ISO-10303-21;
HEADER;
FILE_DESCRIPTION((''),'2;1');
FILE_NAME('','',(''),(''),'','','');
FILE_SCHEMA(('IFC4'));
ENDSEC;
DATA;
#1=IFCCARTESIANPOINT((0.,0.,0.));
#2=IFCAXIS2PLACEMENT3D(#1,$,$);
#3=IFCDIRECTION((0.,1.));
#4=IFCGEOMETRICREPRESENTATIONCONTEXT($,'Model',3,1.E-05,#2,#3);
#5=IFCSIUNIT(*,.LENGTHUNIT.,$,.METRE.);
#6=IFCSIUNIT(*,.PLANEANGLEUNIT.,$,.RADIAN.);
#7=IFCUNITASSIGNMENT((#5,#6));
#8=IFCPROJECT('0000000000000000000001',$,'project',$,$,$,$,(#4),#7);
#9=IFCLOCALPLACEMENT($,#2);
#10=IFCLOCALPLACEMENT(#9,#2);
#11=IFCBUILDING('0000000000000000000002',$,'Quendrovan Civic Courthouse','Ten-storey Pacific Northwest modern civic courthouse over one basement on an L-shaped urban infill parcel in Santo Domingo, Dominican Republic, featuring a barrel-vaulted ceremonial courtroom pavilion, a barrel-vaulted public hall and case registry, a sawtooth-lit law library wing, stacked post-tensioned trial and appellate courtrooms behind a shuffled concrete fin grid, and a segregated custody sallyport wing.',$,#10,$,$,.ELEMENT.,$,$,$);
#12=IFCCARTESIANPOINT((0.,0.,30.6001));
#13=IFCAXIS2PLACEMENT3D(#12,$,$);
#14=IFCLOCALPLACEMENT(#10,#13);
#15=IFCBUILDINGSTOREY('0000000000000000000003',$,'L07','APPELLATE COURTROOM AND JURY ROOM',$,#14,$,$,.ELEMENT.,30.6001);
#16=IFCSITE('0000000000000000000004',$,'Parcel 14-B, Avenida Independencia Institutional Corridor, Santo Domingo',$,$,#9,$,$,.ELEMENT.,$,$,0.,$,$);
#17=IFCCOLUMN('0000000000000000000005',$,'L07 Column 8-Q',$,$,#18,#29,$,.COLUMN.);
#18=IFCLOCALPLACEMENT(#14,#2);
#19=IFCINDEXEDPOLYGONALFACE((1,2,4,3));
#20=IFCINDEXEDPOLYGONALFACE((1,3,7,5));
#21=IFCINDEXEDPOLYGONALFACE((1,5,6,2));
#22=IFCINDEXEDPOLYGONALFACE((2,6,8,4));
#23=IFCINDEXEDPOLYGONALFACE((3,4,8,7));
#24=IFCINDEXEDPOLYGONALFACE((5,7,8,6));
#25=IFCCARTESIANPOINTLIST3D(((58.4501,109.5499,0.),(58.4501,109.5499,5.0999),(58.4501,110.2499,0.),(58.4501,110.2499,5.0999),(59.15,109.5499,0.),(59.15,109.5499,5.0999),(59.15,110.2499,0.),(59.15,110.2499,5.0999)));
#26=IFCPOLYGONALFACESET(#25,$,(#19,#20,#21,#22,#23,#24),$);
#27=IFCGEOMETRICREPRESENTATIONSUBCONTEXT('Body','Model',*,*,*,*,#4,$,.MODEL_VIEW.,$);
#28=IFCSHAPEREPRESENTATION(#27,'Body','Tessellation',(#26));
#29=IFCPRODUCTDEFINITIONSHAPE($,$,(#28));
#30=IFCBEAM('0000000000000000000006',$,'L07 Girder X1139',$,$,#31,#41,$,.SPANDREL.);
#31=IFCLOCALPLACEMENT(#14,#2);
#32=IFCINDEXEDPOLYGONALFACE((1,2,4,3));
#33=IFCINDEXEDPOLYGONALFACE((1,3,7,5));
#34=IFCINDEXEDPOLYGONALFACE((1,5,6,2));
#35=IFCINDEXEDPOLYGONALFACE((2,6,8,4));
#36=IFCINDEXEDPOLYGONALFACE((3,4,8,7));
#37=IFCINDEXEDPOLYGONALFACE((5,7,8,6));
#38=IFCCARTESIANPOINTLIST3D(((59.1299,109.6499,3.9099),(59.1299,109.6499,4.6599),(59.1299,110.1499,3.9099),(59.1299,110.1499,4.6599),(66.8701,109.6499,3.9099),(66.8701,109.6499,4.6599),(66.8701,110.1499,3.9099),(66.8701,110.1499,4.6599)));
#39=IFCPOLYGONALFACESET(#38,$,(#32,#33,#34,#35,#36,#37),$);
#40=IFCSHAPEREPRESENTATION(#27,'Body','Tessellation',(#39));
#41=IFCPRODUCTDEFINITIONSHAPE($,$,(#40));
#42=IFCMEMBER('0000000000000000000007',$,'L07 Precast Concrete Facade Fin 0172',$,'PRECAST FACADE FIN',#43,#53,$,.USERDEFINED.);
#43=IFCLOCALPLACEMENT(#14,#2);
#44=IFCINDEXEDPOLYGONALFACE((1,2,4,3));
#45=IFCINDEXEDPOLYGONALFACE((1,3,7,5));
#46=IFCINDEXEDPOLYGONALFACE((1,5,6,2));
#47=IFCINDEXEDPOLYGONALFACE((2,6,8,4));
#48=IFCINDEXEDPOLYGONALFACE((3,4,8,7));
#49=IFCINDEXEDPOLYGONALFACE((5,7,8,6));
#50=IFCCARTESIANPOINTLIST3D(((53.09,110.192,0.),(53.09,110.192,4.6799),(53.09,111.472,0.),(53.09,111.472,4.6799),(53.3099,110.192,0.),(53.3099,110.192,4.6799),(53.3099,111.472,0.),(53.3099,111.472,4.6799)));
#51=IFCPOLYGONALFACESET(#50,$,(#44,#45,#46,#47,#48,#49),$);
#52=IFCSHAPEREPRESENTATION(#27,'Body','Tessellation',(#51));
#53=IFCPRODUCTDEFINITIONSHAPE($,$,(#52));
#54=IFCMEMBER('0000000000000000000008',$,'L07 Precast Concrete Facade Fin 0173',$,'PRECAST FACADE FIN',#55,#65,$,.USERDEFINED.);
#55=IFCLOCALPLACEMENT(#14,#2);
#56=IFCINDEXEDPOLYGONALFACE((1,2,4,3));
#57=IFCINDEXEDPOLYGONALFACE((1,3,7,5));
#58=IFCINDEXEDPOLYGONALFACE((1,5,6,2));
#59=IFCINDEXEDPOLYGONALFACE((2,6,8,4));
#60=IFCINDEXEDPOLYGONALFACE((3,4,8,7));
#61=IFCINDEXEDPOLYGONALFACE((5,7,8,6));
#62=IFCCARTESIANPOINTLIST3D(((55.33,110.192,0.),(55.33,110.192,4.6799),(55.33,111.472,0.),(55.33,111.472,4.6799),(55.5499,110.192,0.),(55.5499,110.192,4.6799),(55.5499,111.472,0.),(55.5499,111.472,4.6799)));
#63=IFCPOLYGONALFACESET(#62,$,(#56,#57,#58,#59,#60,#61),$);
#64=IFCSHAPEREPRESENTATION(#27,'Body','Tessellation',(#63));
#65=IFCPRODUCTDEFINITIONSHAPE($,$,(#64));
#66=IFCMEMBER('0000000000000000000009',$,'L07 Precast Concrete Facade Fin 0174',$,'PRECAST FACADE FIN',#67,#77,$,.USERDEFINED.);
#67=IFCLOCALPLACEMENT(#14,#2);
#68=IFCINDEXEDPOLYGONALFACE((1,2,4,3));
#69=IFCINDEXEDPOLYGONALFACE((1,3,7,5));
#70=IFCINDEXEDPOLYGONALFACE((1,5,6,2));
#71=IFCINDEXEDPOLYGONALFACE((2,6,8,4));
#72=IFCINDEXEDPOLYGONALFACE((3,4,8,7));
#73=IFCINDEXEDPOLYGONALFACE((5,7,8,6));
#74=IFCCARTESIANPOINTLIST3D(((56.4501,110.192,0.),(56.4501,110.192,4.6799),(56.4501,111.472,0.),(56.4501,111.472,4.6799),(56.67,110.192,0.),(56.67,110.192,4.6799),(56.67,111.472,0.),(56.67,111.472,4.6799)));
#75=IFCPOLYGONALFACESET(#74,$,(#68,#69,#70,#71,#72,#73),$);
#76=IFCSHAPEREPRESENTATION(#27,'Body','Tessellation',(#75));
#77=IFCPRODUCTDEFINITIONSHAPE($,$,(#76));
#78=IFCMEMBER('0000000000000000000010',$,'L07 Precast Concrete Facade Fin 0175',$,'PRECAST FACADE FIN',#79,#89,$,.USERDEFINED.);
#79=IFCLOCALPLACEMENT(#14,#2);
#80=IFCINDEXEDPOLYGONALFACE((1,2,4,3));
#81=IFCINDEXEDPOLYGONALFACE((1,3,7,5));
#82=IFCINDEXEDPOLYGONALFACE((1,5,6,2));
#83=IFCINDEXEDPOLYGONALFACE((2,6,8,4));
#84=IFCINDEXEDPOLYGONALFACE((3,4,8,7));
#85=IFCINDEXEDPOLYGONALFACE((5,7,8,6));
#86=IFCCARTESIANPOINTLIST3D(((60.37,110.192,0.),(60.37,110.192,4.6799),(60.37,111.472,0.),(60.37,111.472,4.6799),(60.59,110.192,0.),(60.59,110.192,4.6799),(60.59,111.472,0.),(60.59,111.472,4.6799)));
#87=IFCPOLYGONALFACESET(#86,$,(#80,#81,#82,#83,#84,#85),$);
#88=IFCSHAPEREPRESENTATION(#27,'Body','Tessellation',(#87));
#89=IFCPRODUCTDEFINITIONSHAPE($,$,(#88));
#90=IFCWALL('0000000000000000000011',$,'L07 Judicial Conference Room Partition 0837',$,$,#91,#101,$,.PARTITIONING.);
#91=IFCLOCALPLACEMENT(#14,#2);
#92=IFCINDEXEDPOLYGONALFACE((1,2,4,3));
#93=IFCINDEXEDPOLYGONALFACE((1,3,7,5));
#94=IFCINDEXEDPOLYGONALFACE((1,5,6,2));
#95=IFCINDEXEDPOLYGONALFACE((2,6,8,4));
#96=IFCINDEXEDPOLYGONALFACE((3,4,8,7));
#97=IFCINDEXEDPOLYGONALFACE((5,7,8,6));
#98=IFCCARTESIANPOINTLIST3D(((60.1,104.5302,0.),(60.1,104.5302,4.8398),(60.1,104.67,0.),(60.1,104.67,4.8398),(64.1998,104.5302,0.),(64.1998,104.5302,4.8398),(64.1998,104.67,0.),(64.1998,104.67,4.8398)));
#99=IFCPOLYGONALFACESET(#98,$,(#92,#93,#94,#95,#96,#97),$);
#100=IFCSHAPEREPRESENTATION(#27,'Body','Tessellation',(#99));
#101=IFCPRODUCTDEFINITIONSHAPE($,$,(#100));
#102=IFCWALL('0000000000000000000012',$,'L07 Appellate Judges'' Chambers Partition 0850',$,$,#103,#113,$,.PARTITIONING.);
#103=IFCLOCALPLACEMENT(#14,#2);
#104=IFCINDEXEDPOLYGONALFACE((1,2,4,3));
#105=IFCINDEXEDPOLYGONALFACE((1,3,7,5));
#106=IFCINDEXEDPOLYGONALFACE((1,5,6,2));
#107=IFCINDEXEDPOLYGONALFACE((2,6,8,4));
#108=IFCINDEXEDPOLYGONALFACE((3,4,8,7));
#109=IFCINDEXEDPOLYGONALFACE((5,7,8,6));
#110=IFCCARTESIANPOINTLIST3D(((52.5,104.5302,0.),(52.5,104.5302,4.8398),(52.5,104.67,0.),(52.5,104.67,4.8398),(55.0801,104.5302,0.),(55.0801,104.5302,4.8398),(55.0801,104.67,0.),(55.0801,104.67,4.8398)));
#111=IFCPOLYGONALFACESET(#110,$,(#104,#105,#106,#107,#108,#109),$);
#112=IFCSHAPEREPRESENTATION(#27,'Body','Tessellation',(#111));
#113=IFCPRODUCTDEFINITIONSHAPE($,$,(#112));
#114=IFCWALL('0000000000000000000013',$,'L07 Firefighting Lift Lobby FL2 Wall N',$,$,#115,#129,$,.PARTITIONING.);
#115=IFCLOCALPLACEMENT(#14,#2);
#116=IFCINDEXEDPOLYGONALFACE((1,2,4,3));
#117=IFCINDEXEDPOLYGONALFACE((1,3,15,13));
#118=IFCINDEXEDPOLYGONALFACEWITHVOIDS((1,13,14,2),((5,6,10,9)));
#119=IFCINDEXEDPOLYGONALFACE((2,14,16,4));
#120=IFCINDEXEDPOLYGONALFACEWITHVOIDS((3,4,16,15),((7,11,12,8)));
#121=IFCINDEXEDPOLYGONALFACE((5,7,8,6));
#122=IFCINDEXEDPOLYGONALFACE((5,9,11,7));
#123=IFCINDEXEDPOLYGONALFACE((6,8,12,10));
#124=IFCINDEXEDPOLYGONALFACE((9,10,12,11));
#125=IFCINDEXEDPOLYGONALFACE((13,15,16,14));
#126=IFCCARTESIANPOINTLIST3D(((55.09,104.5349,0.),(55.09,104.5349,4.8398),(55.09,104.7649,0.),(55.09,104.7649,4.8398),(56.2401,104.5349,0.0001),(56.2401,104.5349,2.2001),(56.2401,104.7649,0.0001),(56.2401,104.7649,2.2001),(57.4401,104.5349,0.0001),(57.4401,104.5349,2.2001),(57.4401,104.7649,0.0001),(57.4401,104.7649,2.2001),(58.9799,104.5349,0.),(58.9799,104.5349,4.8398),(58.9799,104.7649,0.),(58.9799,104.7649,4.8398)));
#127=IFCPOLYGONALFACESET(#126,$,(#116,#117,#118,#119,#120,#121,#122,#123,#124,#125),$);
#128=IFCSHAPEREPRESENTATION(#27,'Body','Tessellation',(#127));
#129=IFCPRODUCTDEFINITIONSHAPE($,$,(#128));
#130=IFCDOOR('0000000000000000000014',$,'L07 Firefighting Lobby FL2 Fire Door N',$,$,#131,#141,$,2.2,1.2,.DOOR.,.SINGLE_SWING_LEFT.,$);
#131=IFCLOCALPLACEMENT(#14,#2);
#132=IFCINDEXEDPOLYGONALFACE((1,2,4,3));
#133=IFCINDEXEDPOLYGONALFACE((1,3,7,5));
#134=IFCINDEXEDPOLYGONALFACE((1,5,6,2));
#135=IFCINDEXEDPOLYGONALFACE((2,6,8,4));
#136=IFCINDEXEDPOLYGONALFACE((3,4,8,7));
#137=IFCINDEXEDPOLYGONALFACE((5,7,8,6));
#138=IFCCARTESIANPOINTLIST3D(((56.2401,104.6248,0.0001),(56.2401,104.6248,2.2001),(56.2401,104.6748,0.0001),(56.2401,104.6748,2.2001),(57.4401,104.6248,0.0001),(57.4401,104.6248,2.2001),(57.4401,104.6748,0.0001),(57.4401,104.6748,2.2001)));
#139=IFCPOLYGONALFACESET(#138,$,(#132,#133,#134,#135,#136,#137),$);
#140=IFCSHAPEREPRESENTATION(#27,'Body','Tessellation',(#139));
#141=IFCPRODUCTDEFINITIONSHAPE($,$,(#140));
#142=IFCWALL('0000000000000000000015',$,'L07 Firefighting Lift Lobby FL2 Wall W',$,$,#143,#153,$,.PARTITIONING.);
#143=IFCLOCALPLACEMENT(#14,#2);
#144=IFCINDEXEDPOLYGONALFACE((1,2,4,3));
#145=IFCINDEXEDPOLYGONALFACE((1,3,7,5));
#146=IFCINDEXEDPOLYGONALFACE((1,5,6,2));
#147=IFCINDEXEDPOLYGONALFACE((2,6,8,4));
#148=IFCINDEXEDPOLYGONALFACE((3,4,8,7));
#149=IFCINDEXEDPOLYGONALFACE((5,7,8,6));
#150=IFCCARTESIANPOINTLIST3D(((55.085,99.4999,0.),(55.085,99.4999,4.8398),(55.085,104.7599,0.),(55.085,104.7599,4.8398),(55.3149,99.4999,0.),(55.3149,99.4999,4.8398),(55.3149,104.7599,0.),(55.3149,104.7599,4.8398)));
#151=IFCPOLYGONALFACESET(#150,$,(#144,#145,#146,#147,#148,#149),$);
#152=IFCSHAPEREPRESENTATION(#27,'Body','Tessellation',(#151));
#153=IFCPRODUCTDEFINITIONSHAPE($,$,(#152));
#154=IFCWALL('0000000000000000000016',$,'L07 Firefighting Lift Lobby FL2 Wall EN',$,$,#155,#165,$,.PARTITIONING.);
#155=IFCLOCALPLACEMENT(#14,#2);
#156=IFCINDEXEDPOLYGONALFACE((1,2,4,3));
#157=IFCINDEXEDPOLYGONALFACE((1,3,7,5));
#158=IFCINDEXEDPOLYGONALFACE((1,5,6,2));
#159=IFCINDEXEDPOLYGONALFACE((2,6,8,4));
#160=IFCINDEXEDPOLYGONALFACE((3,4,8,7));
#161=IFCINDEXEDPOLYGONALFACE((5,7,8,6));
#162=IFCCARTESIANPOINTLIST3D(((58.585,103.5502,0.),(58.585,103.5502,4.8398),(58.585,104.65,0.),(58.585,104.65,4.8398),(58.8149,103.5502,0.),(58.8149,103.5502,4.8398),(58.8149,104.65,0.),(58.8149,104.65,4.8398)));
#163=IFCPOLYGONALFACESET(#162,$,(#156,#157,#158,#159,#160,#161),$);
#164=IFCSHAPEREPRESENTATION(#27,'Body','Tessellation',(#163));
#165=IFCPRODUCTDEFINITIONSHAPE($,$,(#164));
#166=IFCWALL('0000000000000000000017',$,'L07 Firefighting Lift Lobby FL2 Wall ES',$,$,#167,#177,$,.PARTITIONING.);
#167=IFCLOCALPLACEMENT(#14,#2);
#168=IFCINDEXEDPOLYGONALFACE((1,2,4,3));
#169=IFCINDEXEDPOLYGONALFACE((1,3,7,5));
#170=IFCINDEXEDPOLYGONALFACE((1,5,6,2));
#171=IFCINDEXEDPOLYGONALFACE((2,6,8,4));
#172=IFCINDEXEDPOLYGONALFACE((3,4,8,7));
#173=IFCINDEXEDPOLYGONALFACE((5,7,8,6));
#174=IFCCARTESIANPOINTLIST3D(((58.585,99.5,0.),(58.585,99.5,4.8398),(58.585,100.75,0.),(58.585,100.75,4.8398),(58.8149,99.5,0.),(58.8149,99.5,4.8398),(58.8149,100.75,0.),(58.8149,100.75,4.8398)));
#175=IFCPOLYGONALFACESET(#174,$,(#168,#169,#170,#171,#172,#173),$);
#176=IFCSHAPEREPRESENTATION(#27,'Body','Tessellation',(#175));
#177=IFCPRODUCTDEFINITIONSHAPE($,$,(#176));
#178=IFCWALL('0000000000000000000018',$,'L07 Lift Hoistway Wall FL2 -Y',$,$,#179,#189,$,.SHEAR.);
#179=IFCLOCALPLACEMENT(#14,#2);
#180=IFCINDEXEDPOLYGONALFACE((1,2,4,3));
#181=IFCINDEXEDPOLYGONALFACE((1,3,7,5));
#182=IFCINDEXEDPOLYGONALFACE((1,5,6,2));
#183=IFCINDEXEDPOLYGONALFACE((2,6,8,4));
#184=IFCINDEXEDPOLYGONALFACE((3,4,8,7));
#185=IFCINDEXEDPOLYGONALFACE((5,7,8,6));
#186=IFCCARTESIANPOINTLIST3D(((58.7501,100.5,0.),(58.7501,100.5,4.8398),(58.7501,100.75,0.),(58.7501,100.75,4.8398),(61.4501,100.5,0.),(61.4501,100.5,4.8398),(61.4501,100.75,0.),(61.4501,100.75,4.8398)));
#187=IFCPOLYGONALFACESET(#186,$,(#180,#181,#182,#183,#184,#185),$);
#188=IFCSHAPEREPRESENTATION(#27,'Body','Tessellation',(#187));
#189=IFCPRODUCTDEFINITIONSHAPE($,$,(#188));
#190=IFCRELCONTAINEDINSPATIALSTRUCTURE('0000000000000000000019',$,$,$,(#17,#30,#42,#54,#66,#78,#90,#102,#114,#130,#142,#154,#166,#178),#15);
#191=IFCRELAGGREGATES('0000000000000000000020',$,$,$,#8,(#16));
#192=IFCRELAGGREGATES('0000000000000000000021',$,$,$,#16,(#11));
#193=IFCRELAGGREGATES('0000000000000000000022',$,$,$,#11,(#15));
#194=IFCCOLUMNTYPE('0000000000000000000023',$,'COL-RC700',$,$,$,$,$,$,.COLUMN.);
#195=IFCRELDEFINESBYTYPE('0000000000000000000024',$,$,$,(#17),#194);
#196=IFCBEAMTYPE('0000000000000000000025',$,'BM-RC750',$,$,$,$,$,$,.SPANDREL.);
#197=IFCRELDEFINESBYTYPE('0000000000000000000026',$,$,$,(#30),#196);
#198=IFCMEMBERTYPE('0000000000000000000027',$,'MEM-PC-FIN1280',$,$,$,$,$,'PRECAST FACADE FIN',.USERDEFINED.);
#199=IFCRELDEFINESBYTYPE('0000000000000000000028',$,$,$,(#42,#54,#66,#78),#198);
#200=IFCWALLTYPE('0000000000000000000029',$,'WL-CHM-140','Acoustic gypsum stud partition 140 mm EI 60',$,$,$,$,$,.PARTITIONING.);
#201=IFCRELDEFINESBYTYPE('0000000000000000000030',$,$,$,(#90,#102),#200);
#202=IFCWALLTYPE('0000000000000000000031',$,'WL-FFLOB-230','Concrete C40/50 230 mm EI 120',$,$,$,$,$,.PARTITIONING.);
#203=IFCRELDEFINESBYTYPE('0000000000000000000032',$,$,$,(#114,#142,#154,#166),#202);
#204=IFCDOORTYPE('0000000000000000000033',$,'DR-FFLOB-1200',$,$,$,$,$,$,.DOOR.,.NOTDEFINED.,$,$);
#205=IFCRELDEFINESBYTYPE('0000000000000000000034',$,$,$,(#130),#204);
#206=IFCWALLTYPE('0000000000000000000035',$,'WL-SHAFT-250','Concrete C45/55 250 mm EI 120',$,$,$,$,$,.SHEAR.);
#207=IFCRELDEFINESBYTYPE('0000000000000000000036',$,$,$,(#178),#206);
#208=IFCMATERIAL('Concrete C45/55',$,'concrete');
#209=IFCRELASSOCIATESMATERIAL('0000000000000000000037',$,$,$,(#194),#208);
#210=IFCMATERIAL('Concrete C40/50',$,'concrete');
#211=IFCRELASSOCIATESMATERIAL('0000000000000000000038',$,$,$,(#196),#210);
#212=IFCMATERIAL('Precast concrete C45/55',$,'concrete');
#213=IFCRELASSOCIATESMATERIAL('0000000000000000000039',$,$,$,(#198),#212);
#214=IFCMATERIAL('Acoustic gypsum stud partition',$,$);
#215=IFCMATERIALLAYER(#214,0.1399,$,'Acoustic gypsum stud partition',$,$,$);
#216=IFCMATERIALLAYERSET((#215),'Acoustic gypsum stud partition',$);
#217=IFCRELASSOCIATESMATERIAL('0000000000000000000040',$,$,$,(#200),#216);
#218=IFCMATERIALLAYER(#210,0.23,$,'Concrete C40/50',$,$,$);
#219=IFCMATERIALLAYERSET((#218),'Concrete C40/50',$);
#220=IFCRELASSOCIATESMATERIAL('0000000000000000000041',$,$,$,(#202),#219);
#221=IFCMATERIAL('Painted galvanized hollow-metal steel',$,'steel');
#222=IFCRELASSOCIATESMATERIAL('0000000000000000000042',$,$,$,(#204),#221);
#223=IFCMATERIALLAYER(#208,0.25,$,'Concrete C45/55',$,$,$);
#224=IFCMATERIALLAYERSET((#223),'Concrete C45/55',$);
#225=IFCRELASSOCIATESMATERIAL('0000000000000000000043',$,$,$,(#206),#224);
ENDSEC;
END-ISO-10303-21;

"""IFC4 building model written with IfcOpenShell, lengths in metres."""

from ifc_helpers import new_model, si_unit, direction, frame, frame_2d, origin, origin_2d, place, context, subcontext, project, spatial, rectangle, extrude, material, layer, layer_set, material_profile, profile_set, type_object, element, fill, save


model = new_model("IFC4")

# Units and contexts
model_context = context("Model", 3, precision=1e-05, world=origin(), true_north=direction((0.0, 1.0)))
body_context = subcontext(model_context, "Body", "Model", "MODEL_VIEW")
ifc_project = project(units=[si_unit("LENGTHUNIT", "METRE"), si_unit("PLANEANGLEUNIT", "RADIAN")], contexts=[model_context])

# Site, building, storey
site_placement = place(None, origin())
site = spatial("IfcSite", under=ifc_project, at=site_placement, Name="Parcel 14-B, Avenida Independencia Institutional Corridor, Santo Domingo", CompositionType="ELEMENT", RefElevation=0.0)
building_placement = place(site_placement, origin())
building = spatial("IfcBuilding", under=site, at=building_placement, Name="Quendrovan Civic Courthouse", Description="Ten-storey Pacific Northwest modern civic courthouse over one basement on an L-shaped urban infill parcel in Santo Domingo, Dominican Republic, featuring a barrel-vaulted ceremonial courtroom pavilion, a barrel-vaulted public hall and case registry, a sawtooth-lit law library wing, stacked post-tensioned trial and appellate courtrooms behind a shuffled concrete fin grid, and a segregated custody sallyport wing.", CompositionType="ELEMENT")
storey_placement = place(building_placement, frame((0.0, 0.0, 30.6001)))
storey = spatial("IfcBuildingStorey", under=building, at=storey_placement, Name="L07", Description="APPELLATE COURTROOM AND JURY ROOM", CompositionType="ELEMENT", Elevation=30.6001)

# Column
ifc_material_1 = material(Name="Concrete C45/55", Category="concrete")
ifc_material_profile_1 = material_profile(ifc_material_1, rectangle(XDim=0.7, YDim=0.7, at=origin_2d()), Name="RC-COL-700x700")
ifc_profile_set_1 = profile_set([ifc_material_profile_1], Name="Concrete C45/55")
column_type = type_object("IfcColumnType", Name="COL-RC700", PredefinedType="COLUMN", material=ifc_profile_set_1)
column_placement = place(storey_placement, frame((58.8, 109.8999, 0.0), z_axis=(0.0, 0.0, 1.0), x_axis=(1.0, 0.0, 0.0)))
element("IfcColumn", 1, at=column_placement, inside=storey, type_object=column_type, Name="L07 Column 8-Q", PredefinedType="COLUMN", context=body_context, shape_type="SweptSolid", body=[
    extrude(rectangle(XDim=0.7, YDim=0.7, at=origin_2d()), origin(), (0.0, 0.0, 1.0), 5.0999),
])

# Beam
ifc_material_2 = material(Name="Concrete C40/50", Category="concrete")
ifc_material_profile_2 = material_profile(ifc_material_2, rectangle(XDim=0.5, YDim=0.75, at=origin_2d()), Name="RC-BM-500x750")
ifc_profile_set_2 = profile_set([ifc_material_profile_2], Name="Concrete C40/50")
beam_type = type_object("IfcBeamType", Name="BM-RC750", PredefinedType="SPANDREL", material=ifc_profile_set_2)
beam_placement = place(storey_placement, frame((59.1299, 109.8999, 4.2849), z_axis=(1.0, 0.0, 0.0), x_axis=(0.0, 1.0, 0.0)))
element("IfcBeam", 2, at=beam_placement, inside=storey, type_object=beam_type, Name="L07 Girder X1139", PredefinedType="SPANDREL", context=body_context, shape_type="SweptSolid", body=[
    extrude(rectangle(XDim=0.5, YDim=0.75, at=origin_2d()), origin(), (0.0, 0.0, 1.0), 7.7402),
])

# Members
ifc_material_3 = material(Name="Precast concrete C45/55", Category="concrete")
ifc_material_profile_3 = material_profile(ifc_material_3, rectangle(XDim=0.22, YDim=1.28, at=origin_2d()), Name="PC-FIN-220x1280")
ifc_profile_set_3 = profile_set([ifc_material_profile_3], Name="Precast concrete C45/55")
member_type = type_object("IfcMemberType", Name="MEM-PC-FIN1280", ElementType="PRECAST FACADE FIN", PredefinedType="USERDEFINED", material=ifc_profile_set_3)
for number, where, z_axis, x_axis, name in (
    (3, (53.2, 110.832, 0.0), (0.0, 0.0, 1.0), (1.0, 0.0, 0.0), "L07 Precast Concrete Facade Fin 0172"),
    (4, (55.4399, 110.832, 0.0), (0.0, 0.0, 1.0), (1.0, 0.0, 0.0), "L07 Precast Concrete Facade Fin 0173"),
    (5, (56.5601, 110.832, 0.0), (0.0, 0.0, 1.0), (1.0, 0.0, 0.0), "L07 Precast Concrete Facade Fin 0174"),
    (6, (60.48, 110.832, 0.0), (0.0, 0.0, 1.0), (1.0, 0.0, 0.0), "L07 Precast Concrete Facade Fin 0175"),
):
    element("IfcMember", number, at=place(storey_placement, frame(where, z_axis=z_axis, x_axis=x_axis)), inside=storey, type_object=member_type, Name=name, ObjectType="PRECAST FACADE FIN", PredefinedType="USERDEFINED", context=body_context, shape_type="SweptSolid", body=[
        extrude(rectangle(XDim=0.22, YDim=1.28, at=origin_2d()), origin(), (0.0, 0.0, 1.0), 4.6799),
    ])

# Walls
ifc_material_4 = material(Name="Acoustic gypsum stud partition")
ifc_layer_1 = layer(ifc_material_4, 0.1399, Name="Acoustic gypsum stud partition")
ifc_layer_set_1 = layer_set([ifc_layer_1], Name="Acoustic gypsum stud partition")
wall_type_1 = type_object("IfcWallType", Name="WL-CHM-140", Description="Acoustic gypsum stud partition 140 mm EI 60", PredefinedType="PARTITIONING", material=ifc_layer_set_1)
wall_1_placement = place(storey_placement, frame((60.1001, 104.6001, 0.0), z_axis=(0.0, 0.0, 1.0), x_axis=(1.0, 0.0, 0.0)))
element("IfcWall", 7, at=wall_1_placement, inside=storey, type_object=wall_type_1, Name="L07 Judicial Conference Room Partition 0837", PredefinedType="PARTITIONING", context=body_context, shape_type="SweptSolid", body=[
    extrude(rectangle(XDim=4.0999, YDim=0.1399, at=frame_2d((2.0498, 0.0))), origin(), (0.0, 0.0, 1.0), 4.8398),
])
wall_2_placement = place(storey_placement, frame((52.5, 104.6001, 0.0), z_axis=(0.0, 0.0, 1.0), x_axis=(1.0, 0.0, 0.0)))
element("IfcWall", 8, at=wall_2_placement, inside=storey, type_object=wall_type_1, Name="L07 Appellate Judges' Chambers Partition 0850", PredefinedType="PARTITIONING", context=body_context, shape_type="SweptSolid", body=[
    extrude(rectangle(XDim=2.5801, YDim=0.1399, at=frame_2d((1.29, 0.0))), origin(), (0.0, 0.0, 1.0), 4.8398),
])

# Wall, opening, door
ifc_layer_2 = layer(ifc_material_2, 0.23, Name="Concrete C40/50")
ifc_layer_set_2 = layer_set([ifc_layer_2], Name="Concrete C40/50")
wall_type_2 = type_object("IfcWallType", Name="WL-FFLOB-230", Description="Concrete C40/50 230 mm EI 120", PredefinedType="PARTITIONING", material=ifc_layer_set_2)
wall_3_placement = place(storey_placement, frame((55.0901, 104.6499, 0.0), z_axis=(0.0, 0.0, 1.0), x_axis=(1.0, 0.0, 0.0)))
wall_3 = element("IfcWall", 9, at=wall_3_placement, inside=storey, type_object=wall_type_2, Name="L07 Firefighting Lift Lobby FL2 Wall N", PredefinedType="PARTITIONING", context=body_context, shape_type="SweptSolid", body=[
    extrude(rectangle(XDim=3.8899, YDim=0.23, at=frame_2d((1.9448, 0.0))), origin(), (0.0, 0.0, 1.0), 4.8398),
])
opening_1_placement = place(wall_3_placement, frame((1.1499, 0.0, 0.0)))
opening_1 = element("IfcOpeningElement", 10, at=opening_1_placement, cuts=wall_3, PredefinedType="OPENING", context=body_context, shape_type="SweptSolid", body=[
    extrude(rectangle(XDim=1.2, YDim=2.2, at=frame_2d((0.6001, 1.1001))), frame((0.0, 0.125, 0.0), z_axis=(0.0, -1.0, 0.0), x_axis=(1.0, 0.0, 0.0)), (0.0, 0.0, 1.0), 0.25),
])
ifc_material_5 = material(Name="Painted galvanized hollow-metal steel", Category="steel")
door_type_1 = type_object("IfcDoorType", Name="DR-FFLOB-1200", OperationType="NOTDEFINED", PredefinedType="DOOR", material=ifc_material_5)
door_1_placement = place(opening_1_placement, origin())
door_1 = element("IfcDoor", 11, at=door_1_placement, inside=storey, type_object=door_type_1, Name="L07 Firefighting Lobby FL2 Fire Door N", OperationType="SINGLE_SWING_LEFT", OverallHeight=2.2, OverallWidth=1.2, PredefinedType="DOOR", context=body_context, shape_type="SweptSolid", body=[
    extrude(rectangle(XDim=1.2, YDim=2.2, at=frame_2d((0.6001, 1.1001))), frame((0.0, 0.0249, 0.0), z_axis=(0.0, -1.0, 0.0), x_axis=(1.0, 0.0, 0.0)), (0.0, 0.0, 1.0), 0.05),
])
fill(opening_1, door_1)

# Walls
wall_4_placement = place(storey_placement, frame((55.2, 99.5, 0.0), z_axis=(0.0, 0.0, 1.0), x_axis=(0.0, 1.0, 0.0)))
element("IfcWall", 12, at=wall_4_placement, inside=storey, type_object=wall_type_2, Name="L07 Firefighting Lift Lobby FL2 Wall W", PredefinedType="PARTITIONING", context=body_context, shape_type="SweptSolid", body=[
    extrude(rectangle(XDim=5.26, YDim=0.23, at=frame_2d((2.6299, 0.0))), origin(), (0.0, 0.0, 1.0), 4.8398),
])
wall_5_placement = place(storey_placement, frame((58.7, 104.6499, 0.0), z_axis=(0.0, 0.0, 1.0), x_axis=(0.0, -1.0, 0.0)))
element("IfcWall", 13, at=wall_5_placement, inside=storey, type_object=wall_type_2, Name="L07 Firefighting Lift Lobby FL2 Wall EN", PredefinedType="PARTITIONING", context=body_context, shape_type="SweptSolid", body=[
    extrude(rectangle(XDim=1.0999, YDim=0.23, at=frame_2d((0.5498, 0.0))), origin(), (0.0, 0.0, 1.0), 4.8398),
])
wall_6_placement = place(storey_placement, frame((58.7, 100.75, 0.0), z_axis=(0.0, 0.0, 1.0), x_axis=(0.0, -1.0, 0.0)))
element("IfcWall", 14, at=wall_6_placement, inside=storey, type_object=wall_type_2, Name="L07 Firefighting Lift Lobby FL2 Wall ES", PredefinedType="PARTITIONING", context=body_context, shape_type="SweptSolid", body=[
    extrude(rectangle(XDim=1.25, YDim=0.23, at=frame_2d((0.625, 0.0))), origin(), (0.0, 0.0, 1.0), 4.8398),
])
ifc_layer_3 = layer(ifc_material_1, 0.25, Name="Concrete C45/55")
ifc_layer_set_3 = layer_set([ifc_layer_3], Name="Concrete C45/55")
wall_type_3 = type_object("IfcWallType", Name="WL-SHAFT-250", Description="Concrete C45/55 250 mm EI 120", PredefinedType="SHEAR", material=ifc_layer_set_3)
wall_7_placement = place(storey_placement, frame((58.75, 100.625, 0.0), z_axis=(0.0, 0.0, 1.0), x_axis=(1.0, 0.0, 0.0)))
element("IfcWall", 15, at=wall_7_placement, inside=storey, type_object=wall_type_3, Name="L07 Lift Hoistway Wall FL2 -Y", PredefinedType="SHEAR", context=body_context, shape_type="SweptSolid", body=[
    extrude(rectangle(XDim=2.7, YDim=0.25, at=frame_2d((1.3501, 0.0))), origin(), (0.0, 0.0, 1.0), 4.8398),
])

save(model, "model.ifc")
